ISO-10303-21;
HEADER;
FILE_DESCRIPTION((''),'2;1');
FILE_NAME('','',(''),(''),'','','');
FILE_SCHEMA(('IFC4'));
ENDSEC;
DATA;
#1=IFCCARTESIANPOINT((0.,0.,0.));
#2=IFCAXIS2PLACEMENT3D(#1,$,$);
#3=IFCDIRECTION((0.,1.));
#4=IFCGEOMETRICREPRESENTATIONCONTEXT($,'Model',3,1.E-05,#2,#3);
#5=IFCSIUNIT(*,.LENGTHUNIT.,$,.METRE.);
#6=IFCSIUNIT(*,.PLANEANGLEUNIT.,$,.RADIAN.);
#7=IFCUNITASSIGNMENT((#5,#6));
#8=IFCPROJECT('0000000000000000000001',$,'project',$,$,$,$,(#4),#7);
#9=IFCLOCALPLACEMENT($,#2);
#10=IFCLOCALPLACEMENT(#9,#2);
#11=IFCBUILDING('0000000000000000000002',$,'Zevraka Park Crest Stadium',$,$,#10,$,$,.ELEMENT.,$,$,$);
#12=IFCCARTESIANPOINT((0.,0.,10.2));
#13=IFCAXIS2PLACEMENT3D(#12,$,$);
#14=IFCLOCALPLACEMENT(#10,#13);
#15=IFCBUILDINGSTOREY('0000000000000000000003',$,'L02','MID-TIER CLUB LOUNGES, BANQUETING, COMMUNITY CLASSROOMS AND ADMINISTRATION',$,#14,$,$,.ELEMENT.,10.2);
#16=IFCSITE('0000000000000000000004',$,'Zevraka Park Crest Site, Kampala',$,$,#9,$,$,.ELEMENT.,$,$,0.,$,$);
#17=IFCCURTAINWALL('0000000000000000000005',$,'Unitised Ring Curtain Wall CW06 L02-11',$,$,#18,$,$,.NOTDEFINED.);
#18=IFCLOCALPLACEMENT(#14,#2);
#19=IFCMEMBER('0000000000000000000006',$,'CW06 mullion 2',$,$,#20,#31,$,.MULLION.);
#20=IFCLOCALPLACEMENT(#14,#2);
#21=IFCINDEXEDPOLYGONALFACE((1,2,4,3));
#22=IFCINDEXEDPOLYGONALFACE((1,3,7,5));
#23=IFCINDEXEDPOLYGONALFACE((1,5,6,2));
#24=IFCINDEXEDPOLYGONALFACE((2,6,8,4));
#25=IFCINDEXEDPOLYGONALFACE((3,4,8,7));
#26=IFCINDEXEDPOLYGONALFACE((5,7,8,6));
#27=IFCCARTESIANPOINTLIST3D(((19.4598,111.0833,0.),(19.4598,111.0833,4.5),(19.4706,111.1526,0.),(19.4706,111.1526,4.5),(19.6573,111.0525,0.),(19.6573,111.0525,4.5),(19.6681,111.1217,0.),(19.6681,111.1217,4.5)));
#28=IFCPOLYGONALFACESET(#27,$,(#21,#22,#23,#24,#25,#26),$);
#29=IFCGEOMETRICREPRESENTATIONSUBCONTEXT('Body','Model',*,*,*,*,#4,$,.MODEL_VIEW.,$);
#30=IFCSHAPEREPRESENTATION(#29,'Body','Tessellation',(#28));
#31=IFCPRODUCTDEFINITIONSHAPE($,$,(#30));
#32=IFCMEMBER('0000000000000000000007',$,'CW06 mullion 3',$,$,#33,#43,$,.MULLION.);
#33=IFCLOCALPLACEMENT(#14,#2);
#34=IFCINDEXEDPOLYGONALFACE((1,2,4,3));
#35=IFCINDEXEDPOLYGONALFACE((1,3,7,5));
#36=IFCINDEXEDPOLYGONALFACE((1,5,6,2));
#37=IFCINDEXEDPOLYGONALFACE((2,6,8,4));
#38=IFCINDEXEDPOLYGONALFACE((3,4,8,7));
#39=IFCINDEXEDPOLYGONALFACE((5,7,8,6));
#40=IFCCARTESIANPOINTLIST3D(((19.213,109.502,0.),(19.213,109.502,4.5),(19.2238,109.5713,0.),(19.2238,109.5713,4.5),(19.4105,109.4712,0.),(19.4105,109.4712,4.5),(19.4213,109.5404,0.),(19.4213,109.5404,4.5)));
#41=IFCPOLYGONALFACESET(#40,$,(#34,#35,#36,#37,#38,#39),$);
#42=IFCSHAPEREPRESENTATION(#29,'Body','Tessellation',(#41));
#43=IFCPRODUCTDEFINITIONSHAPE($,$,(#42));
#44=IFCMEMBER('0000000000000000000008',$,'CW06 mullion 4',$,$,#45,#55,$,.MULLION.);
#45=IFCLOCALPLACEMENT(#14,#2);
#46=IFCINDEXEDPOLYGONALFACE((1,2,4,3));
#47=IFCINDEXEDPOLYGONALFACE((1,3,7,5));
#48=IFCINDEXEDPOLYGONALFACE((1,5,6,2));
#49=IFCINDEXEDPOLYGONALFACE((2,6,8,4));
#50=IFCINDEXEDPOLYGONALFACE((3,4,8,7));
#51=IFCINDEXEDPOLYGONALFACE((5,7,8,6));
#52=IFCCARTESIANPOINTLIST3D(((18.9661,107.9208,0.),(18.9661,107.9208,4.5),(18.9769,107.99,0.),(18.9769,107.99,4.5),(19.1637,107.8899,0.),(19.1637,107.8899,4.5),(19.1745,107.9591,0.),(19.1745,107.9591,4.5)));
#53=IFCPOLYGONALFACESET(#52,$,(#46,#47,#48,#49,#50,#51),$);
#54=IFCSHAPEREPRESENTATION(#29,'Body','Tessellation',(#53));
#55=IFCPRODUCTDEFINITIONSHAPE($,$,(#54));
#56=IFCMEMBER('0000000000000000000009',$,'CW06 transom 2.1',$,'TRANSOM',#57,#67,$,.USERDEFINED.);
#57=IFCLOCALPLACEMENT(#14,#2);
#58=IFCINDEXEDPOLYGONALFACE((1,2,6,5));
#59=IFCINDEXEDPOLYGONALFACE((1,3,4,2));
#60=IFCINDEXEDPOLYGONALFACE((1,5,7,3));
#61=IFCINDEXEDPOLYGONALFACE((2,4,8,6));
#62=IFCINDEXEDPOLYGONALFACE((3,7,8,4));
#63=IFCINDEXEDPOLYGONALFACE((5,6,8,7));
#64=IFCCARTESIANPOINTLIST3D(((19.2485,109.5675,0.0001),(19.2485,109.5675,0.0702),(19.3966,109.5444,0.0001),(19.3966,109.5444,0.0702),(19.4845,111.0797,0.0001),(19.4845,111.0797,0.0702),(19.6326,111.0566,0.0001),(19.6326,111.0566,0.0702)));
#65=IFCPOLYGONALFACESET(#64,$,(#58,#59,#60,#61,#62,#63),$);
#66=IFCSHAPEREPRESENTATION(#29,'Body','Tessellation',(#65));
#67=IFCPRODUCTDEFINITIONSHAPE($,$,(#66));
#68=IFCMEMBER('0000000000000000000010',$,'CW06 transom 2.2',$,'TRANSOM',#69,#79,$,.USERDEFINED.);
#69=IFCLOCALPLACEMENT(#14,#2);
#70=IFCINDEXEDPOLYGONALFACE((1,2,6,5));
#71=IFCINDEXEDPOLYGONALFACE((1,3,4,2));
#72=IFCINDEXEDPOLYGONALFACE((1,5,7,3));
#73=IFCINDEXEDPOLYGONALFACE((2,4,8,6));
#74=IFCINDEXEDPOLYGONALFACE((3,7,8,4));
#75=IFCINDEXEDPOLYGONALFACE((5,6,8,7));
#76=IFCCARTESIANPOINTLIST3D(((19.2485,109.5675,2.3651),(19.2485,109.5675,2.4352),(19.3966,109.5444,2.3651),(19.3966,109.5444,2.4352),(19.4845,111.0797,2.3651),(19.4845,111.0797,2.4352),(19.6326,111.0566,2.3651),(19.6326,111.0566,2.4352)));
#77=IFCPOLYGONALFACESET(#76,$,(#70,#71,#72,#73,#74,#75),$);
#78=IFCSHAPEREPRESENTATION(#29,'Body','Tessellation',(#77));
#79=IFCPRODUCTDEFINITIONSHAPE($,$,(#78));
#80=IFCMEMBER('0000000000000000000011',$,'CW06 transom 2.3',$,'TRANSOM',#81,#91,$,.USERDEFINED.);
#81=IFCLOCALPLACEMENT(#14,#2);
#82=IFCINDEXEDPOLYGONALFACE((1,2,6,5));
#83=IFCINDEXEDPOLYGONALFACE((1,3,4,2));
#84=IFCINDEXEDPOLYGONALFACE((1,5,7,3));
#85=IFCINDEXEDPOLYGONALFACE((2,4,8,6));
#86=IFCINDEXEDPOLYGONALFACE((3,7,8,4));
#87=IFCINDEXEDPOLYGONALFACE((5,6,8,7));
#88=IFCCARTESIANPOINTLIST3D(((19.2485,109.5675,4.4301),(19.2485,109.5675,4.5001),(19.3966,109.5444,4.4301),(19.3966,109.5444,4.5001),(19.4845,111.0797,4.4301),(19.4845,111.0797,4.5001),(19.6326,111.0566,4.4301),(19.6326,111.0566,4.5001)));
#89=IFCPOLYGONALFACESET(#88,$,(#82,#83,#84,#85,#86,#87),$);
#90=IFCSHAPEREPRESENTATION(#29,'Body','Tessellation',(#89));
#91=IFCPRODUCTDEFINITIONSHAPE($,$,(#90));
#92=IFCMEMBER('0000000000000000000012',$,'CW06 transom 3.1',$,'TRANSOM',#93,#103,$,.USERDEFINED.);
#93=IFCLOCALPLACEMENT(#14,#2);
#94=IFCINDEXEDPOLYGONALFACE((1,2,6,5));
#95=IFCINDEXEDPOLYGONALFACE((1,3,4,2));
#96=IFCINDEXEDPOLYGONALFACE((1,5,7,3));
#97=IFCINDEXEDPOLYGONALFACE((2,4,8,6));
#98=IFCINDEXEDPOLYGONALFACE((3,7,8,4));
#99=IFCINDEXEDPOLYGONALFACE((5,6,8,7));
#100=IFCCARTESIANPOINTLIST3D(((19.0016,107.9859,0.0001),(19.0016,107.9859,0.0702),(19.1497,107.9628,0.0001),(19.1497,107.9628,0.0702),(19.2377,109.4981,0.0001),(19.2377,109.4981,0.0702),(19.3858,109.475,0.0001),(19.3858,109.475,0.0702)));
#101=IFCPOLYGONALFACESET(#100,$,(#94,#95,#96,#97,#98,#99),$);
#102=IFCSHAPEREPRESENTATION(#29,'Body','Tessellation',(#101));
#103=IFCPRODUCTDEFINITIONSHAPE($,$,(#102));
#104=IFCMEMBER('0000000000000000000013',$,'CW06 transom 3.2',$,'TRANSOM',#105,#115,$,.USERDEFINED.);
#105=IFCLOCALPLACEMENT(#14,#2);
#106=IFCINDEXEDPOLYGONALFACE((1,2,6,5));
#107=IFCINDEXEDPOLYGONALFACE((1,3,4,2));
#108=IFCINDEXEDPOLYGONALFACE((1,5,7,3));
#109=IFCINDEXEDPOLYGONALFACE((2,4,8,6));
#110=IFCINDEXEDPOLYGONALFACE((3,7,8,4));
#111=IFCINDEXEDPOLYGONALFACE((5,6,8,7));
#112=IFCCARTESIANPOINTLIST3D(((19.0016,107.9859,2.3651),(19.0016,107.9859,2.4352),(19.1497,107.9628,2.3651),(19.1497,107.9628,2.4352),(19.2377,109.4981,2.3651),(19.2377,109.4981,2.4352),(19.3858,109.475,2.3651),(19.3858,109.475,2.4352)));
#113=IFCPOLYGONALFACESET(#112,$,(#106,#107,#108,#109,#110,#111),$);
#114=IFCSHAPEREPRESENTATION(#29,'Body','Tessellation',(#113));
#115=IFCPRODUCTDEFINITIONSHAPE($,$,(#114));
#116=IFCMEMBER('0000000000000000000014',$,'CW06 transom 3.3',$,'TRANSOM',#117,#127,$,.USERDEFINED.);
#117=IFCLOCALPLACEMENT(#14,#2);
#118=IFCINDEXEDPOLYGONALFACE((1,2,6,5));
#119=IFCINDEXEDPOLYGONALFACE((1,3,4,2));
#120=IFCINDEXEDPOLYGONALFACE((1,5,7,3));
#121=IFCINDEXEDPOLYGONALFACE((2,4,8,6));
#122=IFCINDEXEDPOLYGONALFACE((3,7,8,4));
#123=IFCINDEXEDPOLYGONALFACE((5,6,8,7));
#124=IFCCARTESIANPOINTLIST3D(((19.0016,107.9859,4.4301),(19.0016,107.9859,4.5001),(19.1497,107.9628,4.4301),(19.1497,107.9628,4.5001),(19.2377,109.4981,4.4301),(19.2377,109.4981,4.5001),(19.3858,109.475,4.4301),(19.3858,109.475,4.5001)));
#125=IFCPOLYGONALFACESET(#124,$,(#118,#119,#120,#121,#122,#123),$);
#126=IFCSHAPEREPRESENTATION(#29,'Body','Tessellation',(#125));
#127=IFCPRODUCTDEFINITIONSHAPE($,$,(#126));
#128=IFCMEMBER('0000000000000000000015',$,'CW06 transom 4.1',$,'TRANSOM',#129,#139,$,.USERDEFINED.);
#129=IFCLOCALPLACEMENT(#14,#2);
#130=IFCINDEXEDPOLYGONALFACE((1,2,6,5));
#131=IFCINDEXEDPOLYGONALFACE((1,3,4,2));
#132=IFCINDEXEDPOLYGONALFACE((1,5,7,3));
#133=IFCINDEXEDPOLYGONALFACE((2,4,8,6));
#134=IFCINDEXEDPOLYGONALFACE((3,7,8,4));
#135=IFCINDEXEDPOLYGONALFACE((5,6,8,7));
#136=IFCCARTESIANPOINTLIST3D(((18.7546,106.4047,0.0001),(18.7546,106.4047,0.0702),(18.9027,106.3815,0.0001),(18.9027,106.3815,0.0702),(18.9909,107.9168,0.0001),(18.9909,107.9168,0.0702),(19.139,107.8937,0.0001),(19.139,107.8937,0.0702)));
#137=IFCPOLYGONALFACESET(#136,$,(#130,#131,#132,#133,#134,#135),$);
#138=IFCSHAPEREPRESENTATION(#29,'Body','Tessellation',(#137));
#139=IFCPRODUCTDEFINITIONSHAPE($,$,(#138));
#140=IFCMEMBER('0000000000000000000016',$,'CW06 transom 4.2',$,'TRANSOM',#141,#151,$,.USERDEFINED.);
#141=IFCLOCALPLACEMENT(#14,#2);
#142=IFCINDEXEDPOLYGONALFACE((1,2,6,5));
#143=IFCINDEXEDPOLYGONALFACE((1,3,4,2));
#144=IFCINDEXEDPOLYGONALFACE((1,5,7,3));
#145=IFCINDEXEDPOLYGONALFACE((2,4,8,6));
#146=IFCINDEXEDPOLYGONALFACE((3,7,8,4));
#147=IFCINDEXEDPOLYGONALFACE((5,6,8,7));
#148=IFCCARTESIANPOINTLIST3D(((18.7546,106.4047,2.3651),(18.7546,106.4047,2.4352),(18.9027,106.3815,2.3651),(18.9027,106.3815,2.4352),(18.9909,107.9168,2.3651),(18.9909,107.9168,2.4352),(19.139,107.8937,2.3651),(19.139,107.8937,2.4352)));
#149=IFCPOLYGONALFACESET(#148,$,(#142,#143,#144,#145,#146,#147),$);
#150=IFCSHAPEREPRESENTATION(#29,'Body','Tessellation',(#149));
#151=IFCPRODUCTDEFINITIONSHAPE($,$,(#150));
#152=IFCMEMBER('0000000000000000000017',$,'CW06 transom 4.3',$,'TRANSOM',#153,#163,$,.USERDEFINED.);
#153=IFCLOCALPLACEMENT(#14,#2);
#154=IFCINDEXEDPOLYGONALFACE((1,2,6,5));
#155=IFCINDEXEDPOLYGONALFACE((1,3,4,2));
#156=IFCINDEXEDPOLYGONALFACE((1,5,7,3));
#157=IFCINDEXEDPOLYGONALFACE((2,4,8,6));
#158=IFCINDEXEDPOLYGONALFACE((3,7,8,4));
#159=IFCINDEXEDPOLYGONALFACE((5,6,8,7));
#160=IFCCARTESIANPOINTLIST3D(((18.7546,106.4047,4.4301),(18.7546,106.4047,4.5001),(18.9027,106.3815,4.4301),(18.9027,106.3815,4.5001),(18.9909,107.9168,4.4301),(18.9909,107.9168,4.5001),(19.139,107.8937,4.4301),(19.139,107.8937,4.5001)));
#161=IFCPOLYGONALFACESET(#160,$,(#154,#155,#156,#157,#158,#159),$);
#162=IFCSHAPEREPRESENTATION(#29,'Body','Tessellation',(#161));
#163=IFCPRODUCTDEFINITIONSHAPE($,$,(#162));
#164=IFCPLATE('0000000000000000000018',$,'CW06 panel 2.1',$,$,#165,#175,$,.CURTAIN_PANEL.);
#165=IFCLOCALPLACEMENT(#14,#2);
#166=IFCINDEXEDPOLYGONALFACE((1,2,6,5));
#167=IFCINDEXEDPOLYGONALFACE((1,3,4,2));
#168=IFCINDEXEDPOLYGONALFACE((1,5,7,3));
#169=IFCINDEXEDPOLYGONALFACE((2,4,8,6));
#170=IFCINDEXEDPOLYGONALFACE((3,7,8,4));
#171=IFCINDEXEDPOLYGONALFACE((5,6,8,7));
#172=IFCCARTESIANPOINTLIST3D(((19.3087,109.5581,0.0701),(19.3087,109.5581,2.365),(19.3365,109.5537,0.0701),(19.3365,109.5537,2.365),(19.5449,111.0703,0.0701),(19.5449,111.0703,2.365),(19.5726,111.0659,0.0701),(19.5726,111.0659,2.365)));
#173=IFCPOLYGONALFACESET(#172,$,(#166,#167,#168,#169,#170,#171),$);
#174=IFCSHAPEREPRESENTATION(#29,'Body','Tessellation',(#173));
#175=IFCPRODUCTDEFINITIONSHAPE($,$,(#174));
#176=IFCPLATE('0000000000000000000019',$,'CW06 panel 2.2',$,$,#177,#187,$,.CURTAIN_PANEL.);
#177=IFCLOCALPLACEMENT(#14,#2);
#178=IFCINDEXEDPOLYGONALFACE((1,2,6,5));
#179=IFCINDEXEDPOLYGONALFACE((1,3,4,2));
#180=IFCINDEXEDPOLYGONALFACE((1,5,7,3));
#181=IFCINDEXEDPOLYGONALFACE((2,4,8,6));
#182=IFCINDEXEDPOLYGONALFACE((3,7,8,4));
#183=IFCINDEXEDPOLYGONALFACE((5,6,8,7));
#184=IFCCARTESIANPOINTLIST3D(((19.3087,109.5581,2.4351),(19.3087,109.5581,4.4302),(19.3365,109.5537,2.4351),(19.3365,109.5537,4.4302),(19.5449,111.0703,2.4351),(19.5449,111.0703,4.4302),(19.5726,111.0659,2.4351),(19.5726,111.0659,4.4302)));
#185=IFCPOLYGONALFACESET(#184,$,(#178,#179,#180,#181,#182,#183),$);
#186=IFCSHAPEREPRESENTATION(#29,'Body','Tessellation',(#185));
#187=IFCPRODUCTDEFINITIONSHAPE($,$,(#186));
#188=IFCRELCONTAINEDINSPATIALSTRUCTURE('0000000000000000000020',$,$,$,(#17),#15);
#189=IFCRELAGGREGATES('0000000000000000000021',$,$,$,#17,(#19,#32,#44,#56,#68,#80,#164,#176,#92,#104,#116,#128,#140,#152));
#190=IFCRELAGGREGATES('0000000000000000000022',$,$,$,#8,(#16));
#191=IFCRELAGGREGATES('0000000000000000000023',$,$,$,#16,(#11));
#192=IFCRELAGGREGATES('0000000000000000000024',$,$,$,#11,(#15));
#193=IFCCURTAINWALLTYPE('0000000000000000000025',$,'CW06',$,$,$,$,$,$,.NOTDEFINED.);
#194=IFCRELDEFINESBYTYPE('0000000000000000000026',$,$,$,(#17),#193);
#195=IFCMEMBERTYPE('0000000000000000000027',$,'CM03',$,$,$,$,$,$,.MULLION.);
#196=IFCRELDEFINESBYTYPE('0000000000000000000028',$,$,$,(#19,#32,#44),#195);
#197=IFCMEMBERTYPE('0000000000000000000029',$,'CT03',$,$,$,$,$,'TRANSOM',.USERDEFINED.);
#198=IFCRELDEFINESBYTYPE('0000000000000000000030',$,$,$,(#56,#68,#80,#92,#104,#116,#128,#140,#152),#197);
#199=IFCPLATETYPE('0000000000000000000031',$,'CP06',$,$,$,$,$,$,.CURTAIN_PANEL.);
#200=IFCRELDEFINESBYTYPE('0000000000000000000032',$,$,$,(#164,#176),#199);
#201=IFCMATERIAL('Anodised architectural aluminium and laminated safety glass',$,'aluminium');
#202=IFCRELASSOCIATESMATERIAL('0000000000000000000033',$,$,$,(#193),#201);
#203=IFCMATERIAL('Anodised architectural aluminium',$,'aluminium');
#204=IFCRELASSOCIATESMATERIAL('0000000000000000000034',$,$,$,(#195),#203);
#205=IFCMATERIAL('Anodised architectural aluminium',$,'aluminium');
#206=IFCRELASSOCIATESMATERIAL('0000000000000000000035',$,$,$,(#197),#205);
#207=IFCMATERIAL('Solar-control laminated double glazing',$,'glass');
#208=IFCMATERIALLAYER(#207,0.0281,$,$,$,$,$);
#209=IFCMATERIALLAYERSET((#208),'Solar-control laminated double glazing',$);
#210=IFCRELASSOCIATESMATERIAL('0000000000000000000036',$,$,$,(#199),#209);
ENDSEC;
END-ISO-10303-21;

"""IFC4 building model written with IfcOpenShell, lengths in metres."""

from ifc_helpers import new_model, si_unit, direction, frame, origin, origin_2d, place, context, subcontext, project, spatial, rectangle, extrude, material, layer, layer_set, material_profile, profile_set, type_object, element, aggregate, save


model = new_model("IFC4")

# Units and contexts
model_context = context("Model", 3, precision=1e-05, world=origin(), true_north=direction((0.0, 1.0)))
body_context = subcontext(model_context, "Body", "Model", "MODEL_VIEW")
ifc_project = project(units=[si_unit("LENGTHUNIT", "METRE"), si_unit("PLANEANGLEUNIT", "RADIAN")], contexts=[model_context])

# Site, building, storey
site_placement = place(None, origin())
site = spatial("IfcSite", under=ifc_project, at=site_placement, Name="Zevraka Park Crest Site, Kampala", CompositionType="ELEMENT", RefElevation=0.0)
building_placement = place(site_placement, origin())
building = spatial("IfcBuilding", under=site, at=building_placement, Name="Zevraka Park Crest Stadium", CompositionType="ELEMENT")
storey_placement = place(building_placement, frame((0.0, 0.0, 10.2)))
storey = spatial("IfcBuildingStorey", under=building, at=storey_placement, Name="L02", Description="MID-TIER CLUB LOUNGES, BANQUETING, COMMUNITY CLASSROOMS AND ADMINISTRATION", CompositionType="ELEMENT", Elevation=10.2)

# Curtain wall, members, plates
ifc_material_1 = material(Name="Anodised architectural aluminium and laminated safety glass", Category="aluminium")
curtain_wall_type = type_object("IfcCurtainWallType", Name="CW06", PredefinedType="NOTDEFINED", material=ifc_material_1)
curtain_wall_placement = place(storey_placement, origin())
curtain_wall = element("IfcCurtainWall", 1, at=curtain_wall_placement, inside=storey, type_object=curtain_wall_type, Name="Unitised Ring Curtain Wall CW06 L02-11", PredefinedType="NOTDEFINED")
ifc_material_2 = material(Name="Anodised architectural aluminium", Category="aluminium")
ifc_material_profile_1 = material_profile(ifc_material_2, rectangle(XDim=0.2, YDim=0.0701, at=origin_2d()), Name="ALU MULLION 200x70")
ifc_profile_set_1 = profile_set([ifc_material_profile_1], Name="Anodised architectural aluminium")
member_type_1 = type_object("IfcMemberType", Name="CM03", PredefinedType="MULLION", material=ifc_profile_set_1)
member_1_placement = place(storey_placement, frame((19.564, 111.1025, 0.0), z_axis=(0.0, 0.0, 1.0), x_axis=(0.988028, -0.154274, 0.0)))
member_1 = element("IfcMember", 2, at=member_1_placement, type_object=member_type_1, Name="CW06 mullion 2", PredefinedType="MULLION", context=body_context, shape_type="SweptSolid", body=[
    extrude(rectangle(XDim=0.2, YDim=0.0701, at=origin_2d()), origin(), (0.0, 0.0, 1.0), 4.5),
])
member_2_placement = place(storey_placement, frame((19.3171, 109.5212, 0.0), z_axis=(0.0, 0.0, 1.0), x_axis=(0.988028, -0.154274, 0.0)))
member_2 = element("IfcMember", 3, at=member_2_placement, type_object=member_type_1, Name="CW06 mullion 3", PredefinedType="MULLION", context=body_context, shape_type="SweptSolid", body=[
    extrude(rectangle(XDim=0.2, YDim=0.0701, at=origin_2d()), origin(), (0.0, 0.0, 1.0), 4.5),
])
member_3_placement = place(storey_placement, frame((19.0703, 107.9399, 0.0), z_axis=(0.0, 0.0, 1.0), x_axis=(0.988028, -0.154274, 0.0)))
member_3 = element("IfcMember", 4, at=member_3_placement, type_object=member_type_1, Name="CW06 mullion 4", PredefinedType="MULLION", context=body_context, shape_type="SweptSolid", body=[
    extrude(rectangle(XDim=0.2, YDim=0.0701, at=origin_2d()), origin(), (0.0, 0.0, 1.0), 4.5),
])
ifc_material_3 = material(Name="Anodised architectural aluminium", Category="aluminium")
ifc_material_profile_2 = material_profile(ifc_material_3, rectangle(XDim=0.1499, YDim=0.0701, at=origin_2d()), Name="ALU TRANSOM 150x70")
ifc_profile_set_2 = profile_set([ifc_material_profile_2], Name="Anodised architectural aluminium")
member_type_2 = type_object("IfcMemberType", Name="CT03", ElementType="TRANSOM", PredefinedType="USERDEFINED", material=ifc_profile_set_2)
member_4_placement = place(storey_placement, frame((19.5586, 111.0681, 0.0352), z_axis=(-0.15425, -0.988032, 0.0), x_axis=(0.988032, -0.15425, 0.0)))
member_4 = element("IfcMember", 5, at=member_4_placement, type_object=member_type_2, Name="CW06 transom 2.1", ObjectType="TRANSOM", PredefinedType="USERDEFINED", context=body_context, shape_type="SweptSolid", body=[
    extrude(rectangle(XDim=0.1499, YDim=0.0701, at=origin_2d()), origin(), (0.0, 0.0, 1.0), 1.5305),
])
member_5_placement = place(storey_placement, frame((19.5586, 111.0681, 2.4001), z_axis=(-0.15425, -0.988032, 0.0), x_axis=(0.988032, -0.15425, 0.0)))
member_5 = element("IfcMember", 6, at=member_5_placement, type_object=member_type_2, Name="CW06 transom 2.2", ObjectType="TRANSOM", PredefinedType="USERDEFINED", context=body_context, shape_type="SweptSolid", body=[
    extrude(rectangle(XDim=0.1499, YDim=0.0701, at=origin_2d()), origin(), (0.0, 0.0, 1.0), 1.5305),
])
member_6_placement = place(storey_placement, frame((19.5586, 111.0681, 4.4651), z_axis=(-0.15425, -0.988032, 0.0), x_axis=(0.988032, -0.15425, 0.0)))
member_6 = element("IfcMember", 7, at=member_6_placement, type_object=member_type_2, Name="CW06 transom 2.3", ObjectType="TRANSOM", PredefinedType="USERDEFINED", context=body_context, shape_type="SweptSolid", body=[
    extrude(rectangle(XDim=0.1499, YDim=0.0701, at=origin_2d()), origin(), (0.0, 0.0, 1.0), 1.5305),
])
member_7_placement = place(storey_placement, frame((19.3118, 109.4866, 0.0352), z_axis=(-0.15425, -0.988032, 0.0), x_axis=(0.988032, -0.15425, 0.0)))
member_7 = element("IfcMember", 8, at=member_7_placement, type_object=member_type_2, Name="CW06 transom 3.1", ObjectType="TRANSOM", PredefinedType="USERDEFINED", context=body_context, shape_type="SweptSolid", body=[
    extrude(rectangle(XDim=0.1499, YDim=0.0701, at=origin_2d()), origin(), (0.0, 0.0, 1.0), 1.5305),
])
member_8_placement = place(storey_placement, frame((19.3118, 109.4866, 2.4001), z_axis=(-0.15425, -0.988032, 0.0), x_axis=(0.988032, -0.15425, 0.0)))
member_8 = element("IfcMember", 9, at=member_8_placement, type_object=member_type_2, Name="CW06 transom 3.2", ObjectType="TRANSOM", PredefinedType="USERDEFINED", context=body_context, shape_type="SweptSolid", body=[
    extrude(rectangle(XDim=0.1499, YDim=0.0701, at=origin_2d()), origin(), (0.0, 0.0, 1.0), 1.5305),
])
member_9_placement = place(storey_placement, frame((19.3118, 109.4866, 4.4651), z_axis=(-0.15425, -0.988032, 0.0), x_axis=(0.988032, -0.15425, 0.0)))
member_9 = element("IfcMember", 10, at=member_9_placement, type_object=member_type_2, Name="CW06 transom 3.3", ObjectType="TRANSOM", PredefinedType="USERDEFINED", context=body_context, shape_type="SweptSolid", body=[
    extrude(rectangle(XDim=0.1499, YDim=0.0701, at=origin_2d()), origin(), (0.0, 0.0, 1.0), 1.5305),
])
member_10_placement = place(storey_placement, frame((19.0649, 107.9053, 0.0352), z_axis=(-0.154406, -0.988007, 0.0), x_axis=(0.988007, -0.154406, 0.0)))
member_10 = element("IfcMember", 11, at=member_10_placement, type_object=member_type_2, Name="CW06 transom 4.1", ObjectType="TRANSOM", PredefinedType="USERDEFINED", context=body_context, shape_type="SweptSolid", body=[
    extrude(rectangle(XDim=0.1499, YDim=0.0701, at=origin_2d()), origin(), (0.0, 0.0, 1.0), 1.5305),
])
member_11_placement = place(storey_placement, frame((19.0649, 107.9053, 2.4001), z_axis=(-0.154406, -0.988007, 0.0), x_axis=(0.988007, -0.154406, 0.0)))
member_11 = element("IfcMember", 12, at=member_11_placement, type_object=member_type_2, Name="CW06 transom 4.2", ObjectType="TRANSOM", PredefinedType="USERDEFINED", context=body_context, shape_type="SweptSolid", body=[
    extrude(rectangle(XDim=0.1499, YDim=0.0701, at=origin_2d()), origin(), (0.0, 0.0, 1.0), 1.5305),
])
member_12_placement = place(storey_placement, frame((19.0649, 107.9053, 4.4651), z_axis=(-0.154406, -0.988007, 0.0), x_axis=(0.988007, -0.154406, 0.0)))
member_12 = element("IfcMember", 13, at=member_12_placement, type_object=member_type_2, Name="CW06 transom 4.3", ObjectType="TRANSOM", PredefinedType="USERDEFINED", context=body_context, shape_type="SweptSolid", body=[
    extrude(rectangle(XDim=0.1499, YDim=0.0701, at=origin_2d()), origin(), (0.0, 0.0, 1.0), 1.5305),
])
ifc_material_4 = material(Name="Solar-control laminated double glazing", Category="glass")
ifc_layer_1 = layer(ifc_material_4, 0.0281)
ifc_layer_set_1 = layer_set([ifc_layer_1], Name="Solar-control laminated double glazing")
plate_type = type_object("IfcPlateType", Name="CP06", PredefinedType="CURTAIN_PANEL", material=ifc_layer_set_1)
plate_1_placement = place(storey_placement, frame((19.4407, 110.312, 0.0701), z_axis=(0.0, 0.0, 1.0), x_axis=(-0.154274, -0.988028, 0.0)))
plate_1 = element("IfcPlate", 14, at=plate_1_placement, type_object=plate_type, Name="CW06 panel 2.1", PredefinedType="CURTAIN_PANEL", context=body_context, shape_type="SweptSolid", body=[
    extrude(rectangle(XDim=1.5305, YDim=0.0281, at=origin_2d()), origin(), (0.0, 0.0, 1.0), 2.2949),
])
plate_2_placement = place(storey_placement, frame((19.4407, 110.312, 2.4351), z_axis=(0.0, 0.0, 1.0), x_axis=(-0.154274, -0.988028, 0.0)))
plate_2 = element("IfcPlate", 15, at=plate_2_placement, type_object=plate_type, Name="CW06 panel 2.2", PredefinedType="CURTAIN_PANEL", context=body_context, shape_type="SweptSolid", body=[
    extrude(rectangle(XDim=1.5305, YDim=0.0281, at=origin_2d()), origin(), (0.0, 0.0, 1.0), 1.9951),
])
aggregate(curtain_wall, [member_1, member_2, member_3, member_4, member_5, member_6, plate_1, plate_2, member_7, member_8, member_9, member_10, member_11, member_12])

save(model, "model.ifc")
